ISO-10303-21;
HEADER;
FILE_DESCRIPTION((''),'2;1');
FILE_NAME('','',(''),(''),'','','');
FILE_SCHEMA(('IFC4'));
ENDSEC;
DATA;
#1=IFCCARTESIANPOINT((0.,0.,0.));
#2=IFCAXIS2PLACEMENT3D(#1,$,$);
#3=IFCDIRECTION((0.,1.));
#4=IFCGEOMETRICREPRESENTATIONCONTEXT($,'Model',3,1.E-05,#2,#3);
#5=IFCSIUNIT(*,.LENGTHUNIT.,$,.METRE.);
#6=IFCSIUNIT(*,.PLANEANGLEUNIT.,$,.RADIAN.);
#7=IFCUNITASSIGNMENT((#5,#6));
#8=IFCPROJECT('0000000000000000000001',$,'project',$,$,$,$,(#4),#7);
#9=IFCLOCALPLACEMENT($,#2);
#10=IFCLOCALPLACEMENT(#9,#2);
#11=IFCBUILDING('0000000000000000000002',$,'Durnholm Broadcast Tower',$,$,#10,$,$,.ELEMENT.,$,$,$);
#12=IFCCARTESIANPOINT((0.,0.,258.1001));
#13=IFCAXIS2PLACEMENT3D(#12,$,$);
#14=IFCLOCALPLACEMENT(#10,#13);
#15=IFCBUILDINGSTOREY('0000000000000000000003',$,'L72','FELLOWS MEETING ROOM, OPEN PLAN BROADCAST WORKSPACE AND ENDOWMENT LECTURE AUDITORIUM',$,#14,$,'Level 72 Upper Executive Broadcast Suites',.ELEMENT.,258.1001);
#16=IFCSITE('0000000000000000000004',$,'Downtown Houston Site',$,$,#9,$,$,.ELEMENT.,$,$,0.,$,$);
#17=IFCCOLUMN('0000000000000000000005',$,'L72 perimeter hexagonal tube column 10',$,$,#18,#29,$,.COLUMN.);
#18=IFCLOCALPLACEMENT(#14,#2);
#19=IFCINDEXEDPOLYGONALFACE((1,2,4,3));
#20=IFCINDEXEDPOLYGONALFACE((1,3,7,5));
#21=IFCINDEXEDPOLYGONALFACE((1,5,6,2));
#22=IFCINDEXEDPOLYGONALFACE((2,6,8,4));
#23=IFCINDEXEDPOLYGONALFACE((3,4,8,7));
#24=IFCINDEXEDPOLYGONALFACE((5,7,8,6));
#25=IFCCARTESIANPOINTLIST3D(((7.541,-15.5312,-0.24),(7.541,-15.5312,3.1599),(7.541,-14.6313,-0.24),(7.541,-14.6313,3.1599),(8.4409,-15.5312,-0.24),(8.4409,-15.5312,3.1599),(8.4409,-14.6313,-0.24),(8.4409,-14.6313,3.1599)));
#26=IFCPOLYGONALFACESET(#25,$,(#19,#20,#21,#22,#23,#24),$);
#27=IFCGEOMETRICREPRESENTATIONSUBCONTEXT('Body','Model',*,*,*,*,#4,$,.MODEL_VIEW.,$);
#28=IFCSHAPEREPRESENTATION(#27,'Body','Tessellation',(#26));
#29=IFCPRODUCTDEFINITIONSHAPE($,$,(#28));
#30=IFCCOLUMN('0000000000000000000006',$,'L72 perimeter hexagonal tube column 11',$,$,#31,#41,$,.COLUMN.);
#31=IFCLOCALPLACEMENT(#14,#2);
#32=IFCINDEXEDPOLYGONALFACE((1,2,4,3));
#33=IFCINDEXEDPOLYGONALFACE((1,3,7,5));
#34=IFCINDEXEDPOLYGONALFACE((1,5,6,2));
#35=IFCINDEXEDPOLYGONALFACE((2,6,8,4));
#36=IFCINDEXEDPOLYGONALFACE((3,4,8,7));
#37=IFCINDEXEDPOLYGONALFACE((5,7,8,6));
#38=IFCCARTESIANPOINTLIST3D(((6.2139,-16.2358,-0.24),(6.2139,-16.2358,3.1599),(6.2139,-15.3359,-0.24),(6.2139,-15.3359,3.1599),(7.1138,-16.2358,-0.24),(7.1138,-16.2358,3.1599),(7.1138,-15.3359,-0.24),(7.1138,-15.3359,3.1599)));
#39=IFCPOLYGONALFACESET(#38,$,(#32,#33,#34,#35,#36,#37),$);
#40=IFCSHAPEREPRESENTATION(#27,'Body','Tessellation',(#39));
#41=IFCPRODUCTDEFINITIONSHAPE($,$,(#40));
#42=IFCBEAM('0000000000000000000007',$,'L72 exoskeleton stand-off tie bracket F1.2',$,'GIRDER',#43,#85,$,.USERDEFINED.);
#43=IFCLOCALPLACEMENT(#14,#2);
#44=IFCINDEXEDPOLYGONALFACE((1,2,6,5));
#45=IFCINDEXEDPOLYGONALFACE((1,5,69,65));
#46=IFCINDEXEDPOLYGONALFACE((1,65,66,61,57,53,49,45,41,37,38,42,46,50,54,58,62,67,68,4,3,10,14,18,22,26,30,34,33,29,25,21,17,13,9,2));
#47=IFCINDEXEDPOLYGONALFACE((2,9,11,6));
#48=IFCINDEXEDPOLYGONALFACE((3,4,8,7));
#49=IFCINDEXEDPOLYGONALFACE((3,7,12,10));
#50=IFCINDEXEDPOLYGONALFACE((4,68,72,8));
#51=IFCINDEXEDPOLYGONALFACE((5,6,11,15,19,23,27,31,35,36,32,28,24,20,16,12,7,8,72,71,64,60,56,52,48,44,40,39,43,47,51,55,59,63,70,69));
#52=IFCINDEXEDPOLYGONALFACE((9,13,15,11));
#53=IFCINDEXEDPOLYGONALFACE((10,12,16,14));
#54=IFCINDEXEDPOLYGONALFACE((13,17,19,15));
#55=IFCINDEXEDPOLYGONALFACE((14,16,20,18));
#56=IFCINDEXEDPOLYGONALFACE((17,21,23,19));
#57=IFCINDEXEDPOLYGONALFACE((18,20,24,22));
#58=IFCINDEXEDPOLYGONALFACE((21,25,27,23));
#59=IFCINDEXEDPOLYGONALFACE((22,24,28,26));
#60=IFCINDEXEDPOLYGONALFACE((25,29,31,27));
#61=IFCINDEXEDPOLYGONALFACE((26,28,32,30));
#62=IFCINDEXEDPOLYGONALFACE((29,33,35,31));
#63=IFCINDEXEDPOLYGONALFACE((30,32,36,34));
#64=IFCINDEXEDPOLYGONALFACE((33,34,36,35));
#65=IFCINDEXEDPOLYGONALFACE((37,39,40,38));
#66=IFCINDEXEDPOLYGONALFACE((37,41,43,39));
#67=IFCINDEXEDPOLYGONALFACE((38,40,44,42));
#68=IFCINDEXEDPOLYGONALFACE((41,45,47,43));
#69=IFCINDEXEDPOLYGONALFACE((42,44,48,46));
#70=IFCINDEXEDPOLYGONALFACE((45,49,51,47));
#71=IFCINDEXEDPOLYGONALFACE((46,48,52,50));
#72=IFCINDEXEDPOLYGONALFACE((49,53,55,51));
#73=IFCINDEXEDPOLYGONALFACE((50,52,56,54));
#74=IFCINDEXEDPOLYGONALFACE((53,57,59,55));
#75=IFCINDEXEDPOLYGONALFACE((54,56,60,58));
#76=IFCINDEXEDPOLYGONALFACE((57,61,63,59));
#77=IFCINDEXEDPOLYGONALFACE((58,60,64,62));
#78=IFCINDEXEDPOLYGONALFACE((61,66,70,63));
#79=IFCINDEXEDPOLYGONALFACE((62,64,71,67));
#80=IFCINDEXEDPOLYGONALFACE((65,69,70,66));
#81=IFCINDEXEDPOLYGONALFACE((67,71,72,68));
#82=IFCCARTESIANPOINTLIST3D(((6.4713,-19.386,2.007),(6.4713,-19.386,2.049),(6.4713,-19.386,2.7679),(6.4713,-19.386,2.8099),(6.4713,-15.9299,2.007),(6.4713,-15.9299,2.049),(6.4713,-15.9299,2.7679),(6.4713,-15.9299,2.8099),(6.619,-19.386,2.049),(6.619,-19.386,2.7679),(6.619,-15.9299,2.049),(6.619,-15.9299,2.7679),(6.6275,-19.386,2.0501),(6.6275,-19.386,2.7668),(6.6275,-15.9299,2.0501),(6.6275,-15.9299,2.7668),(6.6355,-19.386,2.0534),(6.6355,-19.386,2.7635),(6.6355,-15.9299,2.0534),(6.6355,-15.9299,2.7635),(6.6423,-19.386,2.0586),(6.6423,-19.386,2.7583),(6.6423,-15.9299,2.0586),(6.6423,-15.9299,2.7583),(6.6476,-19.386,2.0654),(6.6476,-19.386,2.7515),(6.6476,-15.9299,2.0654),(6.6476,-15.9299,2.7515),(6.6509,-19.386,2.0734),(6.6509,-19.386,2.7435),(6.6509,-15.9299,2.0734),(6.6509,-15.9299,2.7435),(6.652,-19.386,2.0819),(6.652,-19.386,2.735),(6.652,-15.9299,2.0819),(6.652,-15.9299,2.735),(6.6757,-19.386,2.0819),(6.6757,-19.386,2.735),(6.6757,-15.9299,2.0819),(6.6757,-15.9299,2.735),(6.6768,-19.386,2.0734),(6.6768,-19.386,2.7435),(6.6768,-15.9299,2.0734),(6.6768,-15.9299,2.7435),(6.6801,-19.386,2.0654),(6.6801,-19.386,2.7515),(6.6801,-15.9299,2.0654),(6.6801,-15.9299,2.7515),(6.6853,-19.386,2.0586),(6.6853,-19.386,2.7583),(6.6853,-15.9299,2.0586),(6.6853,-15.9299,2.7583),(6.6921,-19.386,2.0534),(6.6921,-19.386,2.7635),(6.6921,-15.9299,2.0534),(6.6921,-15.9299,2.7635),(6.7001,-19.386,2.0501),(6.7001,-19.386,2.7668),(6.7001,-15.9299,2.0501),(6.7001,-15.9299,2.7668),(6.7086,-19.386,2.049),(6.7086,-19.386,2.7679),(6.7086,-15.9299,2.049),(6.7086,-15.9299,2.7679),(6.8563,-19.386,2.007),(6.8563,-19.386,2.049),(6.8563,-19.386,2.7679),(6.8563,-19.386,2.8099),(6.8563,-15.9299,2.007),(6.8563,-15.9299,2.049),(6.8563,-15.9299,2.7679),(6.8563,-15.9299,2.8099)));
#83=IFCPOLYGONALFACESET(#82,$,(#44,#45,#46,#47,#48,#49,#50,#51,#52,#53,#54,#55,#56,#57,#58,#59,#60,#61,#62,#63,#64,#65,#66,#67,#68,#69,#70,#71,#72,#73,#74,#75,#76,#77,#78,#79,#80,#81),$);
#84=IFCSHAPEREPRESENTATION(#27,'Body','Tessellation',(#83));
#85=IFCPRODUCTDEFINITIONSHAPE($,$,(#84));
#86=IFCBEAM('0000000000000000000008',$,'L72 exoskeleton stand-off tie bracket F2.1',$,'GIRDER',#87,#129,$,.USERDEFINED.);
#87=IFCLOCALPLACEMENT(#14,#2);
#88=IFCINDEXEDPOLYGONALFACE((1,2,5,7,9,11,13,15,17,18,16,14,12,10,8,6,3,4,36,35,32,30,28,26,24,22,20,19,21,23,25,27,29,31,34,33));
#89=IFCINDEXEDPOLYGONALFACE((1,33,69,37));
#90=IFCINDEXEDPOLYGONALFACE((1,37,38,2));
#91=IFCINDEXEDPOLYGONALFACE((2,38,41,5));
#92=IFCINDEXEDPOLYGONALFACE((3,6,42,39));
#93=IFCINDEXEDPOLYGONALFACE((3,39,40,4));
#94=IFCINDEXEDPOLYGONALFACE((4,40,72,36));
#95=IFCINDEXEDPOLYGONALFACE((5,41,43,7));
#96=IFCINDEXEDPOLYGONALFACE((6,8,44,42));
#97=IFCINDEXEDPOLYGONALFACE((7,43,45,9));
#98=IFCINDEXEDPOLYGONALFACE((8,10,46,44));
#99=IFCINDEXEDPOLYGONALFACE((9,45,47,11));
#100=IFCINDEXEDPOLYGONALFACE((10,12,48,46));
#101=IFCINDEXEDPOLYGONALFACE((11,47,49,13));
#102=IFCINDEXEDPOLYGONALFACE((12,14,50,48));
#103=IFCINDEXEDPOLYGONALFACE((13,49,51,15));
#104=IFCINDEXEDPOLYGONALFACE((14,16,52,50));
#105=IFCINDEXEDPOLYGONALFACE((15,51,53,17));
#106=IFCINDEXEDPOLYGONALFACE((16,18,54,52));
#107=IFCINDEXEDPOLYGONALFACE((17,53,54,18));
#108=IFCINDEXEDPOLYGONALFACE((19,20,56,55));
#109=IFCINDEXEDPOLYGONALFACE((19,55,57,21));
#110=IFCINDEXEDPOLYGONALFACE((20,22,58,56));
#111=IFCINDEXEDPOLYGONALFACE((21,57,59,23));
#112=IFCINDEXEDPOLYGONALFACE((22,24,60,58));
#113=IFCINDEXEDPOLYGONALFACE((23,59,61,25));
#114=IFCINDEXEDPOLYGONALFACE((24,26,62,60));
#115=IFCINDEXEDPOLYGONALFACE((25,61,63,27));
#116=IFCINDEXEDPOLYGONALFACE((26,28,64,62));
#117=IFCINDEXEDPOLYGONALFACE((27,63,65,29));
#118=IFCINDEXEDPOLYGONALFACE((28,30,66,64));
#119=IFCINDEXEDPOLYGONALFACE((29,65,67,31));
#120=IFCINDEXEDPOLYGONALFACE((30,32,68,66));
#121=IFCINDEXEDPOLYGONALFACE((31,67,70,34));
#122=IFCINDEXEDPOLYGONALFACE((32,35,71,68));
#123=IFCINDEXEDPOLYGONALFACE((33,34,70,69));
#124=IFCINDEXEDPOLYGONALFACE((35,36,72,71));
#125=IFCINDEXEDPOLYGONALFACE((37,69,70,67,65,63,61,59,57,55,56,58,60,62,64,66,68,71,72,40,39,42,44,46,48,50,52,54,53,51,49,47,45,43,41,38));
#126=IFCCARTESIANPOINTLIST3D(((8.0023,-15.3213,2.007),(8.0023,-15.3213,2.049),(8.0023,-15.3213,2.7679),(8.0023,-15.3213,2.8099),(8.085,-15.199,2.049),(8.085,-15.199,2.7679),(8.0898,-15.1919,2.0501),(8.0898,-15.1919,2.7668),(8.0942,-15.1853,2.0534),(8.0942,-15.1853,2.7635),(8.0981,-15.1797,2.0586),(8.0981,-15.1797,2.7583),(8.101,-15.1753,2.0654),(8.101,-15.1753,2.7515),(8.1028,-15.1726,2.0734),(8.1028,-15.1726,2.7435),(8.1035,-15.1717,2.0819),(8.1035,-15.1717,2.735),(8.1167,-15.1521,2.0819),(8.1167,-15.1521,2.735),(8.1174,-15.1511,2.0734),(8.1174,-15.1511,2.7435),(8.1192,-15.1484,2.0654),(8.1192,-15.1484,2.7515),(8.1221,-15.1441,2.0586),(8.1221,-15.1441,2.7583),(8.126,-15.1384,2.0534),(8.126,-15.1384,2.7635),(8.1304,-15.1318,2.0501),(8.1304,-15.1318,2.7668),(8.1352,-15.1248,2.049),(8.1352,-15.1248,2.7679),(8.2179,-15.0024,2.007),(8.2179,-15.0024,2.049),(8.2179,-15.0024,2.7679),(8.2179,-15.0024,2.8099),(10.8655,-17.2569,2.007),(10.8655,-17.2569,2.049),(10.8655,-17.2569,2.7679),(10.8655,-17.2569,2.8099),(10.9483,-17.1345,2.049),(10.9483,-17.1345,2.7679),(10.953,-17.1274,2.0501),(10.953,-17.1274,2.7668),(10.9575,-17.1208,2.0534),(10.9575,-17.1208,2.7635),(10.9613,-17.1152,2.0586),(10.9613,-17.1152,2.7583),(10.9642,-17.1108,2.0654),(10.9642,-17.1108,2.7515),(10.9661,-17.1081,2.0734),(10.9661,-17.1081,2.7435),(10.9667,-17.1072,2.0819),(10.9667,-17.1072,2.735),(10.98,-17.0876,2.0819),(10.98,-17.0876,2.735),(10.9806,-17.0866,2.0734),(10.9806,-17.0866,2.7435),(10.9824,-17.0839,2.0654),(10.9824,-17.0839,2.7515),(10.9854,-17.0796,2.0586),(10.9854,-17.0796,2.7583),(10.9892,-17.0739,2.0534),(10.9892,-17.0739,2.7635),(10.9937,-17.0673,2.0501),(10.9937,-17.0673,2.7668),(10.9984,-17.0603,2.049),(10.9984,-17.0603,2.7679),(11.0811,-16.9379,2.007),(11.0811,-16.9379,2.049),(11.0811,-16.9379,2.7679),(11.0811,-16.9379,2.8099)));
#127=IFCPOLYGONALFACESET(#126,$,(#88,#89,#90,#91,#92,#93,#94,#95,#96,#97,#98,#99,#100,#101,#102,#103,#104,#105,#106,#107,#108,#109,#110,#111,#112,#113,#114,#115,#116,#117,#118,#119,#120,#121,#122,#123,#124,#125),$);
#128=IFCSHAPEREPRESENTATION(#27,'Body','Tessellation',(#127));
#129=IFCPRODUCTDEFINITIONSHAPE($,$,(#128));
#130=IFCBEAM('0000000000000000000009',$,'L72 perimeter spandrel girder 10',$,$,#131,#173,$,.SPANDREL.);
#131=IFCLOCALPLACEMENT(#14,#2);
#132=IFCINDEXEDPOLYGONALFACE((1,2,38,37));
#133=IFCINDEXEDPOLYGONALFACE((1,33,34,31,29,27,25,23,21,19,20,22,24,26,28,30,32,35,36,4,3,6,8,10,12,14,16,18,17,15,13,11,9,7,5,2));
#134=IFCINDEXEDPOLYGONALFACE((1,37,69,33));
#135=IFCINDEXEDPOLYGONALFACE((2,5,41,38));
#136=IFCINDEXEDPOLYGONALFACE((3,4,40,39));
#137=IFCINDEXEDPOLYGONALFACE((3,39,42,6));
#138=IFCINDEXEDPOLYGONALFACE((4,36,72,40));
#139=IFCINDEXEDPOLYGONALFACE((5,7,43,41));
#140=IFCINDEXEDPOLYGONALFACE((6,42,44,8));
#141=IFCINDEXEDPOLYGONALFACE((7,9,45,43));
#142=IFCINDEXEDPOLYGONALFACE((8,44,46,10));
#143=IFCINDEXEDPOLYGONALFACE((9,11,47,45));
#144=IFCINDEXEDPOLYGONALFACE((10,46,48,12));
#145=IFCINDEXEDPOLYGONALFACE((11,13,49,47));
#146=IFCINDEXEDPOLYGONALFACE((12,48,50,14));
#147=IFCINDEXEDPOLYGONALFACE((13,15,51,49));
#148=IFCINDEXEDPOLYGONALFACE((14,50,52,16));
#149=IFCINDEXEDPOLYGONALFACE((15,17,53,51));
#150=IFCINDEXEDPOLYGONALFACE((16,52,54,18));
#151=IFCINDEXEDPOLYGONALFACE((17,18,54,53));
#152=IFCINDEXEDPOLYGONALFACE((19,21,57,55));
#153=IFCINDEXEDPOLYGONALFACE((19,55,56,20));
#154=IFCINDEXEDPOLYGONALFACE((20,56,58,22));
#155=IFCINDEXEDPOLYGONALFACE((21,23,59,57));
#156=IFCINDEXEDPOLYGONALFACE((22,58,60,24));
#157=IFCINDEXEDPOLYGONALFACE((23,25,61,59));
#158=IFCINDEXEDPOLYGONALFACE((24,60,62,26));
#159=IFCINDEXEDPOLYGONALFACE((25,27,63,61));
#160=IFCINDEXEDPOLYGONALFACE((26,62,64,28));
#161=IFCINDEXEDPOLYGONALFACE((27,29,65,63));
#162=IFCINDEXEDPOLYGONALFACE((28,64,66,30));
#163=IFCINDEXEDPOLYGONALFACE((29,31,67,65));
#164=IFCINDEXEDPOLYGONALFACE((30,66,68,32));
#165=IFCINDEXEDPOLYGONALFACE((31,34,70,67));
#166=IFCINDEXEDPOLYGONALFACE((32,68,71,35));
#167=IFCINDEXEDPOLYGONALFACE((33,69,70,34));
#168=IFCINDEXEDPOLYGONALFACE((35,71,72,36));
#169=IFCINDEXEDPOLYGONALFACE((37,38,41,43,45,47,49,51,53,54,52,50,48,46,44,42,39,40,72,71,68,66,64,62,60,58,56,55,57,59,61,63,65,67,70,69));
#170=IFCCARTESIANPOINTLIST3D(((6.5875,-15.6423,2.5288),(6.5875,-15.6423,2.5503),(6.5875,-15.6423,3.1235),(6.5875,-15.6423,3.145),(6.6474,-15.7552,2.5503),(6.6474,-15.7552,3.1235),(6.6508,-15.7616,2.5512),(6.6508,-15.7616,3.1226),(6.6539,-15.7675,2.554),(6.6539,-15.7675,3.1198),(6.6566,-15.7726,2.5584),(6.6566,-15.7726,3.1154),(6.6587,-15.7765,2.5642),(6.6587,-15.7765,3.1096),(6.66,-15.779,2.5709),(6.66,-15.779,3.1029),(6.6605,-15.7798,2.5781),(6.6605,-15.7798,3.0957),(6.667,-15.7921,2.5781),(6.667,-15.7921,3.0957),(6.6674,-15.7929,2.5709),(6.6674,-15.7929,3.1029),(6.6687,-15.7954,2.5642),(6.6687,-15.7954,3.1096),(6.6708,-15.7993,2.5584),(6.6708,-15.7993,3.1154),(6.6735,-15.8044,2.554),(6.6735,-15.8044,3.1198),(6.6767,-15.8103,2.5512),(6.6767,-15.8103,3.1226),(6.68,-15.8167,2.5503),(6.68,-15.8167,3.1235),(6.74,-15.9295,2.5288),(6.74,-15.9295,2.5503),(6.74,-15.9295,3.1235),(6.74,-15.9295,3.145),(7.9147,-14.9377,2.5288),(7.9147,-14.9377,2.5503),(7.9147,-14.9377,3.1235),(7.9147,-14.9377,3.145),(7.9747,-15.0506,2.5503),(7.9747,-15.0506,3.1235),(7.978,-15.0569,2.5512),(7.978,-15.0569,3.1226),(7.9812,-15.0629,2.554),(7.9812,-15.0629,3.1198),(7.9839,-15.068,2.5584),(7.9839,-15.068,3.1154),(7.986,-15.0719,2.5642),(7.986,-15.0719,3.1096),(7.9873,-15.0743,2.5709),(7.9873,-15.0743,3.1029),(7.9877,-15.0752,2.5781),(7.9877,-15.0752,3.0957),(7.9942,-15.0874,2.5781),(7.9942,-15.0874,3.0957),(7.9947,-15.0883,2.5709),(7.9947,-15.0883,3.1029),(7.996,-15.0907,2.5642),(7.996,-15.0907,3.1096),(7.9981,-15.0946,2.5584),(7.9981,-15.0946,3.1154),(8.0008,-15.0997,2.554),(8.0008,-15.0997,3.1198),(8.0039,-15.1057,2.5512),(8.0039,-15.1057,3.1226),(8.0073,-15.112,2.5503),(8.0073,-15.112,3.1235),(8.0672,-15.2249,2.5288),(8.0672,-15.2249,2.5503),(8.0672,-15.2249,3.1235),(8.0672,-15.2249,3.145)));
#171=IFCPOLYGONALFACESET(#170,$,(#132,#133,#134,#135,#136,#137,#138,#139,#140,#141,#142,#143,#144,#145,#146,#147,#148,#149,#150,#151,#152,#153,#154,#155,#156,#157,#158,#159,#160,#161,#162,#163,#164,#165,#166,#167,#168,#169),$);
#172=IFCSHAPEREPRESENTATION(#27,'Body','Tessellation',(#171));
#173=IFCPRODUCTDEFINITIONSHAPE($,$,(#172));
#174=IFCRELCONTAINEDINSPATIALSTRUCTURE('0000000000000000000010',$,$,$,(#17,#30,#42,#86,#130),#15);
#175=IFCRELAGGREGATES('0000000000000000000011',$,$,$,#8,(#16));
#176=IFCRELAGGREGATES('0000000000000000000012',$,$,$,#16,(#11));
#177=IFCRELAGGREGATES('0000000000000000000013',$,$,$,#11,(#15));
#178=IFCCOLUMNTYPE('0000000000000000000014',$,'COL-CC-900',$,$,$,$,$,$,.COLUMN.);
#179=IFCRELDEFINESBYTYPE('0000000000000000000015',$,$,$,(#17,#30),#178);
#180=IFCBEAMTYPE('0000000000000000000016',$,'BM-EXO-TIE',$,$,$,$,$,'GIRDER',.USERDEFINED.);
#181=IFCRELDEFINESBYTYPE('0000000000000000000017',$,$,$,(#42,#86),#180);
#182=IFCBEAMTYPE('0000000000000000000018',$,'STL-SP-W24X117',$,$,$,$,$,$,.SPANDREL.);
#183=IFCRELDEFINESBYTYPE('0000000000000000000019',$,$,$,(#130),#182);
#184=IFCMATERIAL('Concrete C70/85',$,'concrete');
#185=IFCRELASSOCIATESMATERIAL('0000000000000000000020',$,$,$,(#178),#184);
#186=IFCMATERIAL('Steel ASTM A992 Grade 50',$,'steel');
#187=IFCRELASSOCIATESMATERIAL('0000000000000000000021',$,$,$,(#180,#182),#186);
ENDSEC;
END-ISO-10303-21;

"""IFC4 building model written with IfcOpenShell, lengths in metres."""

from ifc_helpers import new_model, si_unit, direction, frame, origin, origin_2d, place, context, subcontext, project, spatial, rectangle, i_section, extrude, source, transform, mapped, material, material_profile, profile_set, type_object, type_shapes, element, save


model = new_model("IFC4")

# Units and contexts
model_context = context("Model", 3, precision=1e-05, world=origin(), true_north=direction((0.0, 1.0)))
body_context = subcontext(model_context, "Body", "Model", "MODEL_VIEW")
ifc_project = project(units=[si_unit("LENGTHUNIT", "METRE"), si_unit("PLANEANGLEUNIT", "RADIAN")], contexts=[model_context])

# Site, building, storey
site_placement = place(None, origin())
site = spatial("IfcSite", under=ifc_project, at=site_placement, Name="Downtown Houston Site", CompositionType="ELEMENT", RefElevation=0.0)
building_placement = place(site_placement, origin())
building = spatial("IfcBuilding", under=site, at=building_placement, Name="Durnholm Broadcast Tower", CompositionType="ELEMENT")
storey_placement = place(building_placement, frame((0.0, 0.0, 258.1001)))
storey = spatial("IfcBuildingStorey", under=building, at=storey_placement, Name="L72", Description="FELLOWS MEETING ROOM, OPEN PLAN BROADCAST WORKSPACE AND ENDOWMENT LECTURE AUDITORIUM", LongName="Level 72 Upper Executive Broadcast Suites", CompositionType="ELEMENT", Elevation=258.1001)

# Columns
ifc_material_1 = material(Name="Concrete C70/85", Category="concrete")
ifc_material_profile_1 = material_profile(ifc_material_1, rectangle(XDim=0.8999, YDim=0.8999, at=origin_2d()), Name="RC900X900")
ifc_profile_set_1 = profile_set([ifc_material_profile_1], Name="Concrete C70/85")
column_type = type_object("IfcColumnType", Name="COL-CC-900", PredefinedType="COLUMN", material=ifc_profile_set_1)
shared_shape_1 = source(origin(), body_context, "Body", "SweptSolid", [
    extrude(rectangle(XDim=0.8999, YDim=0.8999, at=origin_2d()), origin(), (0.0, 0.0, 1.0), 3.3999),
])
type_shapes(column_type, [shared_shape_1])
for number, where, z_axis, x_axis, name in (
    (1, (7.991, -15.0813, -0.24), (0.0, 0.0, 1.0), (1.0, 0.0, 0.0), "L72 perimeter hexagonal tube column 10"),
    (2, (6.6638, -15.7859, -0.24), (0.0, 0.0, 1.0), (1.0, 0.0, 0.0), "L72 perimeter hexagonal tube column 11"),
):
    element("IfcColumn", number, at=place(storey_placement, frame(where, z_axis=z_axis, x_axis=x_axis)), inside=storey, type_object=column_type, Name=name, PredefinedType="COLUMN", context=body_context, shape_type="MappedRepresentation", body=[
        mapped(shared_shape_1, transform((0.0, 0.0, 0.0), x_axis=(1.0, 0.0, 0.0), y_axis=(0.0, 1.0, 0.0), z_axis=(0.0, 0.0, 1.0), scale=1.0)),
    ])

# Beams
ifc_material_2 = material(Name="Steel ASTM A992 Grade 50", Category="steel")
ifc_material_profile_2 = material_profile(ifc_material_2, i_section(OverallWidth=0.385, OverallDepth=0.803, WebThickness=0.0237, FlangeThickness=0.042, FilletRadius=0.033, at=origin_2d()), Name="W30X261")
ifc_profile_set_2 = profile_set([ifc_material_profile_2], Name="Steel ASTM A992 Grade 50")
beam_type_1 = type_object("IfcBeamType", Name="BM-EXO-TIE", ElementType="GIRDER", PredefinedType="USERDEFINED", material=ifc_profile_set_2)
shared_shape_2 = source(origin(), body_context, "Body", "SweptSolid", [
    extrude(i_section(OverallWidth=0.385, OverallDepth=0.803, WebThickness=0.0237, FlangeThickness=0.042, FilletRadius=0.033, at=origin_2d()), origin(), (0.0, 0.0, 1.0), 3.4561),
])
for number, where, z_axis, x_axis, name in (
    (3, (6.6638, -15.9299, 2.4084), (0.0, -1.0, 0.0), (1.0, 0.0, 0.0), "L72 exoskeleton stand-off tie bracket F1.2"),
    (4, (8.1101, -15.1619, 2.4084), (0.828468, -0.560036, 0.0), (0.560036, 0.828468, 0.0), "L72 exoskeleton stand-off tie bracket F2.1"),
):
    element("IfcBeam", number, at=place(storey_placement, frame(where, z_axis=z_axis, x_axis=x_axis)), inside=storey, type_object=beam_type_1, Name=name, ObjectType="GIRDER", PredefinedType="USERDEFINED", context=body_context, shape_type="MappedRepresentation", body=[
        mapped(shared_shape_2, transform((0.0, 0.0, 0.0), x_axis=(1.0, 0.0, 0.0), y_axis=(0.0, 1.0, 0.0), z_axis=(0.0, 0.0, 1.0), scale=1.0)),
    ])
ifc_material_profile_3 = material_profile(ifc_material_2, i_section(OverallWidth=0.3252, OverallDepth=0.6162, WebThickness=0.0139, FlangeThickness=0.0215, FilletRadius=0.0278, at=origin_2d()), Name="W24X117")
ifc_profile_set_3 = profile_set([ifc_material_profile_3], Name="Steel ASTM A992 Grade 50")
beam_type_2 = type_object("IfcBeamType", Name="STL-SP-W24X117", PredefinedType="SPANDREL", material=ifc_profile_set_3)
shared_shape_3 = source(origin(), body_context, "Body", "SweptSolid", [
    extrude(i_section(OverallWidth=0.3252, OverallDepth=0.6162, WebThickness=0.0139, FlangeThickness=0.0215, FilletRadius=0.0278, at=origin_2d()), origin(), (0.0, 0.0, 1.0), 1.5027),
])
beam_1_placement = place(storey_placement, frame((7.991, -15.0813, 2.8369), z_axis=(-0.883242, -0.468918, 0.0), x_axis=(0.468918, -0.883242, 0.0)))
element("IfcBeam", 5, at=beam_1_placement, inside=storey, type_object=beam_type_2, Name="L72 perimeter spandrel girder 10", PredefinedType="SPANDREL", context=body_context, shape_type="MappedRepresentation", body=[
    mapped(shared_shape_3, transform((0.0, 0.0, 0.0), x_axis=(1.0, 0.0, 0.0), y_axis=(0.0, 1.0, 0.0), z_axis=(0.0, 0.0, 1.0), scale=1.0)),
])

save(model, "model.ifc")
